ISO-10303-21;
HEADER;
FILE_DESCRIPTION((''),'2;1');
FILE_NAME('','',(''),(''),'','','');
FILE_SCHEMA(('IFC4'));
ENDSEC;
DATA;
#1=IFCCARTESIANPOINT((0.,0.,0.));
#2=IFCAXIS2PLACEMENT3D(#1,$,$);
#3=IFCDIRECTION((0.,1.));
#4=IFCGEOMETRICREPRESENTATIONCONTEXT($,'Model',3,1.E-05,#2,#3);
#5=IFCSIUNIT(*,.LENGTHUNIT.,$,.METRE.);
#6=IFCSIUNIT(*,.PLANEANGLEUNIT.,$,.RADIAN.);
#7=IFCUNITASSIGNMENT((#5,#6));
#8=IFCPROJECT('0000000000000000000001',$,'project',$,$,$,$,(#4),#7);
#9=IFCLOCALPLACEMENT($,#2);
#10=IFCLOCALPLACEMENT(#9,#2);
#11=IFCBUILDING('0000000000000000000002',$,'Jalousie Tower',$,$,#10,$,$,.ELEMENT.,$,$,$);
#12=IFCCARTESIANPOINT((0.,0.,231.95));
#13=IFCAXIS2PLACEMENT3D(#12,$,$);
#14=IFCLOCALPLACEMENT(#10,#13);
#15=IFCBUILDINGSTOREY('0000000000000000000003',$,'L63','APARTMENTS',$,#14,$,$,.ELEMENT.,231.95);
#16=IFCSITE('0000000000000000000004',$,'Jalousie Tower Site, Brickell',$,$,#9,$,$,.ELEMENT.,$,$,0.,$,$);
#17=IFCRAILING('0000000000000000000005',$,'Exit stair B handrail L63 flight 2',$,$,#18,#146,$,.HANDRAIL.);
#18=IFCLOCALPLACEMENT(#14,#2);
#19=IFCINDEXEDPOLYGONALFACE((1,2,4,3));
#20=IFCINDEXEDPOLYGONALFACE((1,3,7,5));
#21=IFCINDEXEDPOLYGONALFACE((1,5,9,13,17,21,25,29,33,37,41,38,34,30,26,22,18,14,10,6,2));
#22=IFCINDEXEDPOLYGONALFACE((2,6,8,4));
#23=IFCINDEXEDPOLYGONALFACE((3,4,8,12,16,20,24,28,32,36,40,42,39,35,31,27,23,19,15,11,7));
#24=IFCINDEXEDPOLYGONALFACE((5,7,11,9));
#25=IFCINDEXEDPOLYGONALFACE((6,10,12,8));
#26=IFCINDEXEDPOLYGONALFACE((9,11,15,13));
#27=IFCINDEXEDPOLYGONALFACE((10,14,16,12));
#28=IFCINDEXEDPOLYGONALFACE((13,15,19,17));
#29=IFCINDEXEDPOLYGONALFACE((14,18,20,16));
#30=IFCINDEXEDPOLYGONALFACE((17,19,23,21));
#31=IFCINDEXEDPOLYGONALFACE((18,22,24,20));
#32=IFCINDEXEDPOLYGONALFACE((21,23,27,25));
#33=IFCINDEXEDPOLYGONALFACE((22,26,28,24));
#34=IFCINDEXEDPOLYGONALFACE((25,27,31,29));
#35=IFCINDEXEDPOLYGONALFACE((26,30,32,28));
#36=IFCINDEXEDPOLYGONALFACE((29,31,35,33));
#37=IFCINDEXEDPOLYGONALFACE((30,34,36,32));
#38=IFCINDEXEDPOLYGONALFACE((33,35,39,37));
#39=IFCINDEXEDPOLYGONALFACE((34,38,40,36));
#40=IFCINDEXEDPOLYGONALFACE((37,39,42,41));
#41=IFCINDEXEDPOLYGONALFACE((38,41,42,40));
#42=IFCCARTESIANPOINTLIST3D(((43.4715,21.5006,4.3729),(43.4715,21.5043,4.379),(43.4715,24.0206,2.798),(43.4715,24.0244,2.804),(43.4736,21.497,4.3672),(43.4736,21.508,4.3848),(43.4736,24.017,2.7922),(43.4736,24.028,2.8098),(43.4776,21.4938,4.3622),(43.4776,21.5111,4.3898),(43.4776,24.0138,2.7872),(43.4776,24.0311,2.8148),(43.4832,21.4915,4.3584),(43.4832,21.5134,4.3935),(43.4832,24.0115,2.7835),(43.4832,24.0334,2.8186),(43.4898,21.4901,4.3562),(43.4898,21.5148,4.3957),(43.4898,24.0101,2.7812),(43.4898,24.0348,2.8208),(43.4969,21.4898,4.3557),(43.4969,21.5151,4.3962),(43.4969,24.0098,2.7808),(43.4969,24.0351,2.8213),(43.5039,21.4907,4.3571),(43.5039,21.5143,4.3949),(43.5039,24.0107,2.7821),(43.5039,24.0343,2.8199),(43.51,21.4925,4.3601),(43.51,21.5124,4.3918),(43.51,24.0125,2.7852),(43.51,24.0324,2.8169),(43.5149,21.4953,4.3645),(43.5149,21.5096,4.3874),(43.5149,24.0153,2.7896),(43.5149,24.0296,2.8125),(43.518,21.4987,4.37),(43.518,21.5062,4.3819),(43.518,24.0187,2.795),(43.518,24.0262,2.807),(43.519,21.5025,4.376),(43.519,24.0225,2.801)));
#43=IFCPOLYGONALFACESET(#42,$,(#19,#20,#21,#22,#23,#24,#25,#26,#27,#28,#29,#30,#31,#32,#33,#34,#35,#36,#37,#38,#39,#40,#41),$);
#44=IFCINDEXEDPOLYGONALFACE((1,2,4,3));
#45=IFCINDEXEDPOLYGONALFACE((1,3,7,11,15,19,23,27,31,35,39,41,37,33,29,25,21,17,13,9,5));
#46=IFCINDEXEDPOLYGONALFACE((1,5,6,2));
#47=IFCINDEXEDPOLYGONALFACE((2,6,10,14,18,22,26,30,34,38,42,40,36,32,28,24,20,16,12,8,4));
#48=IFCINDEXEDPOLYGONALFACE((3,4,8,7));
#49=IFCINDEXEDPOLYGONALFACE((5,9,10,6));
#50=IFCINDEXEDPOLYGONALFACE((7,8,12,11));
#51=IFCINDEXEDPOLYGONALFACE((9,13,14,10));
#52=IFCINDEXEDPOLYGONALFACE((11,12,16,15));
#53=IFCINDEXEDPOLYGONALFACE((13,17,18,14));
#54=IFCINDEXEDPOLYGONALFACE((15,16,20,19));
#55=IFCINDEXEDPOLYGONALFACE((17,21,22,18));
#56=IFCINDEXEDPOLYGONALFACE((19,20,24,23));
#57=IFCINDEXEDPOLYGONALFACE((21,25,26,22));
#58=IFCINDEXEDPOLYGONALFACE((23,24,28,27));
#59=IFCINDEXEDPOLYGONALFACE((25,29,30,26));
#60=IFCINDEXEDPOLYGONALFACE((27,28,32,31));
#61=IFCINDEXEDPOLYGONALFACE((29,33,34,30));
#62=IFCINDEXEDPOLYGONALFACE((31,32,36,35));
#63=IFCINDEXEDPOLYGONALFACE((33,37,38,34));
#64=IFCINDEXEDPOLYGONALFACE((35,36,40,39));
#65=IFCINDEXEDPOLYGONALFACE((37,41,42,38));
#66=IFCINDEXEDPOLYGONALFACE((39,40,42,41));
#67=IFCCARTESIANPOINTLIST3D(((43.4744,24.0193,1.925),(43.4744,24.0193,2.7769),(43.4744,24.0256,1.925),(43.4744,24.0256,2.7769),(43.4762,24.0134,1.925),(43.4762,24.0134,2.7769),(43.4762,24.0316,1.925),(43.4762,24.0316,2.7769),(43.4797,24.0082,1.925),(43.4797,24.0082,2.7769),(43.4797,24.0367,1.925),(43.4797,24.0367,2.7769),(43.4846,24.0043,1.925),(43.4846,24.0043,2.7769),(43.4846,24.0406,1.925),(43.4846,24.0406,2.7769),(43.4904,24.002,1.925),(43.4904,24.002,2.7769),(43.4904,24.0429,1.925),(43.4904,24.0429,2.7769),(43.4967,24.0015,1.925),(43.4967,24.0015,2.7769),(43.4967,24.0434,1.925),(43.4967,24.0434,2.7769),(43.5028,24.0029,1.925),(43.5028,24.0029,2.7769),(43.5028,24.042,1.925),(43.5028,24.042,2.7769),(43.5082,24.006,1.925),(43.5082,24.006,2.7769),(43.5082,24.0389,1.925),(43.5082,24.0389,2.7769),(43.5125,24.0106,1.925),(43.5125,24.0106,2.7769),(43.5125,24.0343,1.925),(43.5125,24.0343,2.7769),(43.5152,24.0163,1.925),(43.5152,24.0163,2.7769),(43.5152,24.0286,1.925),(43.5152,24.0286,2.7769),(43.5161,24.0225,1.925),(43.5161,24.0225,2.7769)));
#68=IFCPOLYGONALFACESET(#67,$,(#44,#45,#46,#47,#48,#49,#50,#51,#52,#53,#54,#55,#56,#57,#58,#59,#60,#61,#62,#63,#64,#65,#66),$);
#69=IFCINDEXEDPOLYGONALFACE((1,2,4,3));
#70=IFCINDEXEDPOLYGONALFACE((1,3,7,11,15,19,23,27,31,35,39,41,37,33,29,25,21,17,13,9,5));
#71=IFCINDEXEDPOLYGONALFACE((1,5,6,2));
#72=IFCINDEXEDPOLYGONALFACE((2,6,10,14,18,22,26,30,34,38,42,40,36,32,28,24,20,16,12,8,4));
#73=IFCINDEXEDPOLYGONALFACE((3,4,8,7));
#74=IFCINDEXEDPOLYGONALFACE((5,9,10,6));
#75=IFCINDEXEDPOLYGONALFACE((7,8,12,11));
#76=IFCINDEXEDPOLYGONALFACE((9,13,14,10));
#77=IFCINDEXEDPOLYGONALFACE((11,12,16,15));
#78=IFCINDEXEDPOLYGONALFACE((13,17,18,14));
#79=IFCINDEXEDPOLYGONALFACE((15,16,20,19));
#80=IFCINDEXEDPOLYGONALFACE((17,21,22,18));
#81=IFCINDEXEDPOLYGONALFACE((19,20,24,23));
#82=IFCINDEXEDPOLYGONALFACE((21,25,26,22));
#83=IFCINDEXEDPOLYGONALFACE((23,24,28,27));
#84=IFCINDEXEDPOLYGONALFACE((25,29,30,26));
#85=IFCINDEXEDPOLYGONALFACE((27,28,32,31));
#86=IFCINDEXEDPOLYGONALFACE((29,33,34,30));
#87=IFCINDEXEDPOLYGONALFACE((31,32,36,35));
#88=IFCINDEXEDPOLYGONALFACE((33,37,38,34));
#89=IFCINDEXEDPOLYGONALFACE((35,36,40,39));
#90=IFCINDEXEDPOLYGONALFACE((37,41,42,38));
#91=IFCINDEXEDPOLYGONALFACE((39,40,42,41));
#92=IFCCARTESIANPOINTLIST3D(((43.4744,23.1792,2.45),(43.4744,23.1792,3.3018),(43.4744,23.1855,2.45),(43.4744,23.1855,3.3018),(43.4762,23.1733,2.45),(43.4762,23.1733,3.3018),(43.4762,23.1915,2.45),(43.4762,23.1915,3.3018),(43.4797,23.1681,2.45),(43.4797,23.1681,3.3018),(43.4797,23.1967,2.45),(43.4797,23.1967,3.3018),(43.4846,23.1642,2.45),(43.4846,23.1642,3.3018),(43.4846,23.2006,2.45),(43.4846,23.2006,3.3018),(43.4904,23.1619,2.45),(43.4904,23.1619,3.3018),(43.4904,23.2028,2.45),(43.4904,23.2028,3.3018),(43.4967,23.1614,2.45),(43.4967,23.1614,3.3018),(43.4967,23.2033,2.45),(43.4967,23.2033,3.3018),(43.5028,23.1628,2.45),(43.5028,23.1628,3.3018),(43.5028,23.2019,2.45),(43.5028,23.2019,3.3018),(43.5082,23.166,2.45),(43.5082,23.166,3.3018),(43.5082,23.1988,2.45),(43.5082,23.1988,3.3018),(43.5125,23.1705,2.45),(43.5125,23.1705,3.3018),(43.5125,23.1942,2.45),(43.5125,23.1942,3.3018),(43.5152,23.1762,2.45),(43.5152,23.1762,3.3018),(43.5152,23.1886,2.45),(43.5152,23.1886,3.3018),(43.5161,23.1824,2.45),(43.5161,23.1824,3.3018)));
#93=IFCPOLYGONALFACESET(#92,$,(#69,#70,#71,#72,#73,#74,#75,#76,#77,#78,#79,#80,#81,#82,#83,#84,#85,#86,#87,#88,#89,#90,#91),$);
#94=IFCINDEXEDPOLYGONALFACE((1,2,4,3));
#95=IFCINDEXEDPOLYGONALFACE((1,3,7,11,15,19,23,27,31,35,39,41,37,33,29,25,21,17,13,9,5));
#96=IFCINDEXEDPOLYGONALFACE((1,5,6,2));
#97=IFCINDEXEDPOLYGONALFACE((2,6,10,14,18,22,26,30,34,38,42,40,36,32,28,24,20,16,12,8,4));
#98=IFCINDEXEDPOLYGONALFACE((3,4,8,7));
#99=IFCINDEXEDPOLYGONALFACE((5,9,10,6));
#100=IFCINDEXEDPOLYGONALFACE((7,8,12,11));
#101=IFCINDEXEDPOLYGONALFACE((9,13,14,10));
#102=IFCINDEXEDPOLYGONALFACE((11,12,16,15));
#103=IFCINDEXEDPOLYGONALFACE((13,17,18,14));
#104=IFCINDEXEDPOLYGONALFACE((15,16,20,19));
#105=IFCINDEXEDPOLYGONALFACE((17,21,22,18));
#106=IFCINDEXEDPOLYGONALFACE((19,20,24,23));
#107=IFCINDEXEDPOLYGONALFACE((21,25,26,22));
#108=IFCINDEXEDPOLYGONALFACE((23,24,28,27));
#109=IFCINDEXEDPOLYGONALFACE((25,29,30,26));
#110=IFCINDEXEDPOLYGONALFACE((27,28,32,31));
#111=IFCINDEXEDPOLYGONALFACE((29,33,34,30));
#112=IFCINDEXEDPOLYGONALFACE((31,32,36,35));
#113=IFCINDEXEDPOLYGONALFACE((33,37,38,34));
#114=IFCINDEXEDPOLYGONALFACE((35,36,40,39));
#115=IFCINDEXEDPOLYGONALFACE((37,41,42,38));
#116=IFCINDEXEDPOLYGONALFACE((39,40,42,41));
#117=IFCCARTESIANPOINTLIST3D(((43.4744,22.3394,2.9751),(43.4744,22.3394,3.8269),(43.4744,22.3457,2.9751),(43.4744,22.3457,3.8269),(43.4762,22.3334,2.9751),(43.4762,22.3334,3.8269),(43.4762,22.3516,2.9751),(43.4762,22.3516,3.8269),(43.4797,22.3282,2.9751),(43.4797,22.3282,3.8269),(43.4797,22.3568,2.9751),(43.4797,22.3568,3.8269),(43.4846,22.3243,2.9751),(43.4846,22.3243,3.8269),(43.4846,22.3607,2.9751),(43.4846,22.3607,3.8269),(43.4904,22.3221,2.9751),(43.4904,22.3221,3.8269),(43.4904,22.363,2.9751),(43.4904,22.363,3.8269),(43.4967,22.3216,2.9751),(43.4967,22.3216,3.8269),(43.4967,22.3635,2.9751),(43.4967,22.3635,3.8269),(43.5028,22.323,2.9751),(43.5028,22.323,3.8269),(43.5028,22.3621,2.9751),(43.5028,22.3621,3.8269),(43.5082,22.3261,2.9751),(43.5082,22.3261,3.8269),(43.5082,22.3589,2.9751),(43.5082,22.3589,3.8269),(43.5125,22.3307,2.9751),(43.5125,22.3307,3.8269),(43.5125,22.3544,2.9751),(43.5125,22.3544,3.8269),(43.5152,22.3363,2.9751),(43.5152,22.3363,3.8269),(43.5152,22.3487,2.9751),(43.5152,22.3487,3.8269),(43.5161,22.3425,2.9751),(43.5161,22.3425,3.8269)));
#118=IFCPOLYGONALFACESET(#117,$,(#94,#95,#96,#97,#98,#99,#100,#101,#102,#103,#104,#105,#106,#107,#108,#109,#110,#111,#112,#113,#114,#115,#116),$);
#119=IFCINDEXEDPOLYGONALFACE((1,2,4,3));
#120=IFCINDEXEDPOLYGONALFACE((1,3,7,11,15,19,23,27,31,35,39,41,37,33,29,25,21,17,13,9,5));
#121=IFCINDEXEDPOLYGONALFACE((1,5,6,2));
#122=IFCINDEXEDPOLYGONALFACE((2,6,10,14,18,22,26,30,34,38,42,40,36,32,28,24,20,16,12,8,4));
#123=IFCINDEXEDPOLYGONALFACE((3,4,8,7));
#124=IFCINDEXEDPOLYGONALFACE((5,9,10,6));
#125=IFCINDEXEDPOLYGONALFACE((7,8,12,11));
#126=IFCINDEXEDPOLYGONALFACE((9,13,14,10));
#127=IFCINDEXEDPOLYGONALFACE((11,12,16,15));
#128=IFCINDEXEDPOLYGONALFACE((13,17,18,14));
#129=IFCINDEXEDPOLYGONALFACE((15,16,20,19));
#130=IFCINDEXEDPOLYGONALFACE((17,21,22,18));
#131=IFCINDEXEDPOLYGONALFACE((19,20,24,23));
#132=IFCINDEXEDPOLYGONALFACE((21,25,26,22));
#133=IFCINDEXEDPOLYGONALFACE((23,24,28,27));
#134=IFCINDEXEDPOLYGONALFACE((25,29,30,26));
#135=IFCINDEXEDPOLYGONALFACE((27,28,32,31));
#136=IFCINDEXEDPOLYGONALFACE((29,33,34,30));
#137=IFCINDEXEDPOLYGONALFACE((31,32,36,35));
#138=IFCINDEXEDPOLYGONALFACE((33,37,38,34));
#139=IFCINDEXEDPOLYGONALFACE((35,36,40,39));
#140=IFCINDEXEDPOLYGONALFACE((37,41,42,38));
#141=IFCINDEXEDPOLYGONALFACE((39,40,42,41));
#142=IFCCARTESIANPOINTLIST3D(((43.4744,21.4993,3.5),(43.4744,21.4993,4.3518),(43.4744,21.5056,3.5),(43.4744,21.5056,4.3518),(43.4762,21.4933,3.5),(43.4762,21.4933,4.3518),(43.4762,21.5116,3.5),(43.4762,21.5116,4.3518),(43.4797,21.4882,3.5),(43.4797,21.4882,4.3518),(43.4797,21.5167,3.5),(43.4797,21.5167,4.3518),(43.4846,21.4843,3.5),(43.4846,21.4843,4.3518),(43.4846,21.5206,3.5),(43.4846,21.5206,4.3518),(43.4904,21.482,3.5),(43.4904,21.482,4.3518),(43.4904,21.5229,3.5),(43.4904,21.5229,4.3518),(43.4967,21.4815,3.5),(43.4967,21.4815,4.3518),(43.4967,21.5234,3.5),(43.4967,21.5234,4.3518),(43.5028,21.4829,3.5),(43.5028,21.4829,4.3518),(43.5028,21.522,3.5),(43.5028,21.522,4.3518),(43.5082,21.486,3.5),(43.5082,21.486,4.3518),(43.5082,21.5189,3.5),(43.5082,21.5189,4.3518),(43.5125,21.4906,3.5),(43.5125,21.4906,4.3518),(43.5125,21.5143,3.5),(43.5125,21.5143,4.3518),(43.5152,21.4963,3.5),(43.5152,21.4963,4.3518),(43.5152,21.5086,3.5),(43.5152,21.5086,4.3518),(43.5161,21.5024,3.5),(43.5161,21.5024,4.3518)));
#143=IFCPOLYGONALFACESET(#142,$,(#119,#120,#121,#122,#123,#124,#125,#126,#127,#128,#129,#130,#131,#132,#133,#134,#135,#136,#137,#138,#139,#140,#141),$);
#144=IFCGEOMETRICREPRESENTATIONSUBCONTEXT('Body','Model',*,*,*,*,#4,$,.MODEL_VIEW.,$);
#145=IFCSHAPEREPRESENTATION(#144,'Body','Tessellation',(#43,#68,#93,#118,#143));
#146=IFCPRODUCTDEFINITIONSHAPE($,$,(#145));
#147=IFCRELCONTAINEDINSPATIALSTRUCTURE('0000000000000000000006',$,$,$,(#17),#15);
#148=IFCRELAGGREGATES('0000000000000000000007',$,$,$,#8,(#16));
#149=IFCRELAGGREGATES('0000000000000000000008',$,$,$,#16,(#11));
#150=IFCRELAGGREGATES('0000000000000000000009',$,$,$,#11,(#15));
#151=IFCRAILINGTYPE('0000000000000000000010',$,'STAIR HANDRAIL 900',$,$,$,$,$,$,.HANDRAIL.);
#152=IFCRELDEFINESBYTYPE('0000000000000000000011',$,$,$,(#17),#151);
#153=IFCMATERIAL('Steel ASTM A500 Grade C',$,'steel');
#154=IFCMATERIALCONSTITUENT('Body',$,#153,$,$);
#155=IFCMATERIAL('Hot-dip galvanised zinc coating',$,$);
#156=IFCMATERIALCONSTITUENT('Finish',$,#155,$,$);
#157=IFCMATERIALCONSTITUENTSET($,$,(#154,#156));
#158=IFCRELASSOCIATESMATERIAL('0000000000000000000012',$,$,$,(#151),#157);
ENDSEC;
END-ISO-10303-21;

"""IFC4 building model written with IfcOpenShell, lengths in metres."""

from ifc_helpers import new_model, si_unit, direction, frame, origin, origin_2d, place, context, subcontext, project, spatial, circle, extrude, material, constituent, constituent_set, type_object, element, save


model = new_model("IFC4")

# Units and contexts
model_context = context("Model", 3, precision=1e-05, world=origin(), true_north=direction((0.0, 1.0)))
body_context = subcontext(model_context, "Body", "Model", "MODEL_VIEW")
ifc_project = project(units=[si_unit("LENGTHUNIT", "METRE"), si_unit("PLANEANGLEUNIT", "RADIAN")], contexts=[model_context])

# Site, building, storey
site_placement = place(None, origin())
site = spatial("IfcSite", under=ifc_project, at=site_placement, Name="Jalousie Tower Site, Brickell", CompositionType="ELEMENT", RefElevation=0.0)
building_placement = place(site_placement, origin())
building = spatial("IfcBuilding", under=site, at=building_placement, Name="Jalousie Tower", CompositionType="ELEMENT")
storey_placement = place(building_placement, frame((0.0, 0.0, 231.95)))
storey = spatial("IfcBuildingStorey", under=building, at=storey_placement, Name="L63", Description="APARTMENTS", CompositionType="ELEMENT", Elevation=231.95)

# Railing
ifc_material_1 = material(Name="Steel ASTM A500 Grade C", Category="steel")
ifc_constituent_1 = constituent(ifc_material_1, Name="Body")
ifc_material_2 = material(Name="Hot-dip galvanised zinc coating")
ifc_constituent_2 = constituent(ifc_material_2, Name="Finish")
ifc_constituent_set_1 = constituent_set(constituents=[ifc_constituent_1, ifc_constituent_2])
railing_type_1 = type_object("IfcRailingType", Name="STAIR HANDRAIL 900", PredefinedType="HANDRAIL", material=ifc_constituent_set_1)
railing_1_placement = place(storey_placement, frame((43.4951, 24.0225, 1.925)))
element("IfcRailing", 1, at=railing_1_placement, inside=storey, type_object=railing_type_1, Name="Exit stair B handrail L63 flight 2", PredefinedType="HANDRAIL", context=body_context, shape_type="SweptSolid", body=[
    extrude(circle(Radius=0.0239, at=origin_2d()), frame((0.0, 0.0, 0.876), z_axis=(0.0, -0.848008, 0.529984), x_axis=(1.0, 0.0, 0.0)), (0.0, 0.0, 1.0), 2.9717),
    extrude(circle(Radius=0.021, at=origin_2d()), origin(), (0.0, 0.0, 1.0), 0.8518),
    extrude(circle(Radius=0.021, at=origin_2d()), frame((0.0, -0.8401, 0.5249)), (0.0, 0.0, 1.0), 0.8518),
    extrude(circle(Radius=0.021, at=origin_2d()), frame((0.0, -1.6799, 1.05)), (0.0, 0.0, 1.0), 0.8518),
    extrude(circle(Radius=0.021, at=origin_2d()), frame((0.0, -2.52, 1.575)), (0.0, 0.0, 1.0), 0.8518),
])

save(model, "model.ifc")
